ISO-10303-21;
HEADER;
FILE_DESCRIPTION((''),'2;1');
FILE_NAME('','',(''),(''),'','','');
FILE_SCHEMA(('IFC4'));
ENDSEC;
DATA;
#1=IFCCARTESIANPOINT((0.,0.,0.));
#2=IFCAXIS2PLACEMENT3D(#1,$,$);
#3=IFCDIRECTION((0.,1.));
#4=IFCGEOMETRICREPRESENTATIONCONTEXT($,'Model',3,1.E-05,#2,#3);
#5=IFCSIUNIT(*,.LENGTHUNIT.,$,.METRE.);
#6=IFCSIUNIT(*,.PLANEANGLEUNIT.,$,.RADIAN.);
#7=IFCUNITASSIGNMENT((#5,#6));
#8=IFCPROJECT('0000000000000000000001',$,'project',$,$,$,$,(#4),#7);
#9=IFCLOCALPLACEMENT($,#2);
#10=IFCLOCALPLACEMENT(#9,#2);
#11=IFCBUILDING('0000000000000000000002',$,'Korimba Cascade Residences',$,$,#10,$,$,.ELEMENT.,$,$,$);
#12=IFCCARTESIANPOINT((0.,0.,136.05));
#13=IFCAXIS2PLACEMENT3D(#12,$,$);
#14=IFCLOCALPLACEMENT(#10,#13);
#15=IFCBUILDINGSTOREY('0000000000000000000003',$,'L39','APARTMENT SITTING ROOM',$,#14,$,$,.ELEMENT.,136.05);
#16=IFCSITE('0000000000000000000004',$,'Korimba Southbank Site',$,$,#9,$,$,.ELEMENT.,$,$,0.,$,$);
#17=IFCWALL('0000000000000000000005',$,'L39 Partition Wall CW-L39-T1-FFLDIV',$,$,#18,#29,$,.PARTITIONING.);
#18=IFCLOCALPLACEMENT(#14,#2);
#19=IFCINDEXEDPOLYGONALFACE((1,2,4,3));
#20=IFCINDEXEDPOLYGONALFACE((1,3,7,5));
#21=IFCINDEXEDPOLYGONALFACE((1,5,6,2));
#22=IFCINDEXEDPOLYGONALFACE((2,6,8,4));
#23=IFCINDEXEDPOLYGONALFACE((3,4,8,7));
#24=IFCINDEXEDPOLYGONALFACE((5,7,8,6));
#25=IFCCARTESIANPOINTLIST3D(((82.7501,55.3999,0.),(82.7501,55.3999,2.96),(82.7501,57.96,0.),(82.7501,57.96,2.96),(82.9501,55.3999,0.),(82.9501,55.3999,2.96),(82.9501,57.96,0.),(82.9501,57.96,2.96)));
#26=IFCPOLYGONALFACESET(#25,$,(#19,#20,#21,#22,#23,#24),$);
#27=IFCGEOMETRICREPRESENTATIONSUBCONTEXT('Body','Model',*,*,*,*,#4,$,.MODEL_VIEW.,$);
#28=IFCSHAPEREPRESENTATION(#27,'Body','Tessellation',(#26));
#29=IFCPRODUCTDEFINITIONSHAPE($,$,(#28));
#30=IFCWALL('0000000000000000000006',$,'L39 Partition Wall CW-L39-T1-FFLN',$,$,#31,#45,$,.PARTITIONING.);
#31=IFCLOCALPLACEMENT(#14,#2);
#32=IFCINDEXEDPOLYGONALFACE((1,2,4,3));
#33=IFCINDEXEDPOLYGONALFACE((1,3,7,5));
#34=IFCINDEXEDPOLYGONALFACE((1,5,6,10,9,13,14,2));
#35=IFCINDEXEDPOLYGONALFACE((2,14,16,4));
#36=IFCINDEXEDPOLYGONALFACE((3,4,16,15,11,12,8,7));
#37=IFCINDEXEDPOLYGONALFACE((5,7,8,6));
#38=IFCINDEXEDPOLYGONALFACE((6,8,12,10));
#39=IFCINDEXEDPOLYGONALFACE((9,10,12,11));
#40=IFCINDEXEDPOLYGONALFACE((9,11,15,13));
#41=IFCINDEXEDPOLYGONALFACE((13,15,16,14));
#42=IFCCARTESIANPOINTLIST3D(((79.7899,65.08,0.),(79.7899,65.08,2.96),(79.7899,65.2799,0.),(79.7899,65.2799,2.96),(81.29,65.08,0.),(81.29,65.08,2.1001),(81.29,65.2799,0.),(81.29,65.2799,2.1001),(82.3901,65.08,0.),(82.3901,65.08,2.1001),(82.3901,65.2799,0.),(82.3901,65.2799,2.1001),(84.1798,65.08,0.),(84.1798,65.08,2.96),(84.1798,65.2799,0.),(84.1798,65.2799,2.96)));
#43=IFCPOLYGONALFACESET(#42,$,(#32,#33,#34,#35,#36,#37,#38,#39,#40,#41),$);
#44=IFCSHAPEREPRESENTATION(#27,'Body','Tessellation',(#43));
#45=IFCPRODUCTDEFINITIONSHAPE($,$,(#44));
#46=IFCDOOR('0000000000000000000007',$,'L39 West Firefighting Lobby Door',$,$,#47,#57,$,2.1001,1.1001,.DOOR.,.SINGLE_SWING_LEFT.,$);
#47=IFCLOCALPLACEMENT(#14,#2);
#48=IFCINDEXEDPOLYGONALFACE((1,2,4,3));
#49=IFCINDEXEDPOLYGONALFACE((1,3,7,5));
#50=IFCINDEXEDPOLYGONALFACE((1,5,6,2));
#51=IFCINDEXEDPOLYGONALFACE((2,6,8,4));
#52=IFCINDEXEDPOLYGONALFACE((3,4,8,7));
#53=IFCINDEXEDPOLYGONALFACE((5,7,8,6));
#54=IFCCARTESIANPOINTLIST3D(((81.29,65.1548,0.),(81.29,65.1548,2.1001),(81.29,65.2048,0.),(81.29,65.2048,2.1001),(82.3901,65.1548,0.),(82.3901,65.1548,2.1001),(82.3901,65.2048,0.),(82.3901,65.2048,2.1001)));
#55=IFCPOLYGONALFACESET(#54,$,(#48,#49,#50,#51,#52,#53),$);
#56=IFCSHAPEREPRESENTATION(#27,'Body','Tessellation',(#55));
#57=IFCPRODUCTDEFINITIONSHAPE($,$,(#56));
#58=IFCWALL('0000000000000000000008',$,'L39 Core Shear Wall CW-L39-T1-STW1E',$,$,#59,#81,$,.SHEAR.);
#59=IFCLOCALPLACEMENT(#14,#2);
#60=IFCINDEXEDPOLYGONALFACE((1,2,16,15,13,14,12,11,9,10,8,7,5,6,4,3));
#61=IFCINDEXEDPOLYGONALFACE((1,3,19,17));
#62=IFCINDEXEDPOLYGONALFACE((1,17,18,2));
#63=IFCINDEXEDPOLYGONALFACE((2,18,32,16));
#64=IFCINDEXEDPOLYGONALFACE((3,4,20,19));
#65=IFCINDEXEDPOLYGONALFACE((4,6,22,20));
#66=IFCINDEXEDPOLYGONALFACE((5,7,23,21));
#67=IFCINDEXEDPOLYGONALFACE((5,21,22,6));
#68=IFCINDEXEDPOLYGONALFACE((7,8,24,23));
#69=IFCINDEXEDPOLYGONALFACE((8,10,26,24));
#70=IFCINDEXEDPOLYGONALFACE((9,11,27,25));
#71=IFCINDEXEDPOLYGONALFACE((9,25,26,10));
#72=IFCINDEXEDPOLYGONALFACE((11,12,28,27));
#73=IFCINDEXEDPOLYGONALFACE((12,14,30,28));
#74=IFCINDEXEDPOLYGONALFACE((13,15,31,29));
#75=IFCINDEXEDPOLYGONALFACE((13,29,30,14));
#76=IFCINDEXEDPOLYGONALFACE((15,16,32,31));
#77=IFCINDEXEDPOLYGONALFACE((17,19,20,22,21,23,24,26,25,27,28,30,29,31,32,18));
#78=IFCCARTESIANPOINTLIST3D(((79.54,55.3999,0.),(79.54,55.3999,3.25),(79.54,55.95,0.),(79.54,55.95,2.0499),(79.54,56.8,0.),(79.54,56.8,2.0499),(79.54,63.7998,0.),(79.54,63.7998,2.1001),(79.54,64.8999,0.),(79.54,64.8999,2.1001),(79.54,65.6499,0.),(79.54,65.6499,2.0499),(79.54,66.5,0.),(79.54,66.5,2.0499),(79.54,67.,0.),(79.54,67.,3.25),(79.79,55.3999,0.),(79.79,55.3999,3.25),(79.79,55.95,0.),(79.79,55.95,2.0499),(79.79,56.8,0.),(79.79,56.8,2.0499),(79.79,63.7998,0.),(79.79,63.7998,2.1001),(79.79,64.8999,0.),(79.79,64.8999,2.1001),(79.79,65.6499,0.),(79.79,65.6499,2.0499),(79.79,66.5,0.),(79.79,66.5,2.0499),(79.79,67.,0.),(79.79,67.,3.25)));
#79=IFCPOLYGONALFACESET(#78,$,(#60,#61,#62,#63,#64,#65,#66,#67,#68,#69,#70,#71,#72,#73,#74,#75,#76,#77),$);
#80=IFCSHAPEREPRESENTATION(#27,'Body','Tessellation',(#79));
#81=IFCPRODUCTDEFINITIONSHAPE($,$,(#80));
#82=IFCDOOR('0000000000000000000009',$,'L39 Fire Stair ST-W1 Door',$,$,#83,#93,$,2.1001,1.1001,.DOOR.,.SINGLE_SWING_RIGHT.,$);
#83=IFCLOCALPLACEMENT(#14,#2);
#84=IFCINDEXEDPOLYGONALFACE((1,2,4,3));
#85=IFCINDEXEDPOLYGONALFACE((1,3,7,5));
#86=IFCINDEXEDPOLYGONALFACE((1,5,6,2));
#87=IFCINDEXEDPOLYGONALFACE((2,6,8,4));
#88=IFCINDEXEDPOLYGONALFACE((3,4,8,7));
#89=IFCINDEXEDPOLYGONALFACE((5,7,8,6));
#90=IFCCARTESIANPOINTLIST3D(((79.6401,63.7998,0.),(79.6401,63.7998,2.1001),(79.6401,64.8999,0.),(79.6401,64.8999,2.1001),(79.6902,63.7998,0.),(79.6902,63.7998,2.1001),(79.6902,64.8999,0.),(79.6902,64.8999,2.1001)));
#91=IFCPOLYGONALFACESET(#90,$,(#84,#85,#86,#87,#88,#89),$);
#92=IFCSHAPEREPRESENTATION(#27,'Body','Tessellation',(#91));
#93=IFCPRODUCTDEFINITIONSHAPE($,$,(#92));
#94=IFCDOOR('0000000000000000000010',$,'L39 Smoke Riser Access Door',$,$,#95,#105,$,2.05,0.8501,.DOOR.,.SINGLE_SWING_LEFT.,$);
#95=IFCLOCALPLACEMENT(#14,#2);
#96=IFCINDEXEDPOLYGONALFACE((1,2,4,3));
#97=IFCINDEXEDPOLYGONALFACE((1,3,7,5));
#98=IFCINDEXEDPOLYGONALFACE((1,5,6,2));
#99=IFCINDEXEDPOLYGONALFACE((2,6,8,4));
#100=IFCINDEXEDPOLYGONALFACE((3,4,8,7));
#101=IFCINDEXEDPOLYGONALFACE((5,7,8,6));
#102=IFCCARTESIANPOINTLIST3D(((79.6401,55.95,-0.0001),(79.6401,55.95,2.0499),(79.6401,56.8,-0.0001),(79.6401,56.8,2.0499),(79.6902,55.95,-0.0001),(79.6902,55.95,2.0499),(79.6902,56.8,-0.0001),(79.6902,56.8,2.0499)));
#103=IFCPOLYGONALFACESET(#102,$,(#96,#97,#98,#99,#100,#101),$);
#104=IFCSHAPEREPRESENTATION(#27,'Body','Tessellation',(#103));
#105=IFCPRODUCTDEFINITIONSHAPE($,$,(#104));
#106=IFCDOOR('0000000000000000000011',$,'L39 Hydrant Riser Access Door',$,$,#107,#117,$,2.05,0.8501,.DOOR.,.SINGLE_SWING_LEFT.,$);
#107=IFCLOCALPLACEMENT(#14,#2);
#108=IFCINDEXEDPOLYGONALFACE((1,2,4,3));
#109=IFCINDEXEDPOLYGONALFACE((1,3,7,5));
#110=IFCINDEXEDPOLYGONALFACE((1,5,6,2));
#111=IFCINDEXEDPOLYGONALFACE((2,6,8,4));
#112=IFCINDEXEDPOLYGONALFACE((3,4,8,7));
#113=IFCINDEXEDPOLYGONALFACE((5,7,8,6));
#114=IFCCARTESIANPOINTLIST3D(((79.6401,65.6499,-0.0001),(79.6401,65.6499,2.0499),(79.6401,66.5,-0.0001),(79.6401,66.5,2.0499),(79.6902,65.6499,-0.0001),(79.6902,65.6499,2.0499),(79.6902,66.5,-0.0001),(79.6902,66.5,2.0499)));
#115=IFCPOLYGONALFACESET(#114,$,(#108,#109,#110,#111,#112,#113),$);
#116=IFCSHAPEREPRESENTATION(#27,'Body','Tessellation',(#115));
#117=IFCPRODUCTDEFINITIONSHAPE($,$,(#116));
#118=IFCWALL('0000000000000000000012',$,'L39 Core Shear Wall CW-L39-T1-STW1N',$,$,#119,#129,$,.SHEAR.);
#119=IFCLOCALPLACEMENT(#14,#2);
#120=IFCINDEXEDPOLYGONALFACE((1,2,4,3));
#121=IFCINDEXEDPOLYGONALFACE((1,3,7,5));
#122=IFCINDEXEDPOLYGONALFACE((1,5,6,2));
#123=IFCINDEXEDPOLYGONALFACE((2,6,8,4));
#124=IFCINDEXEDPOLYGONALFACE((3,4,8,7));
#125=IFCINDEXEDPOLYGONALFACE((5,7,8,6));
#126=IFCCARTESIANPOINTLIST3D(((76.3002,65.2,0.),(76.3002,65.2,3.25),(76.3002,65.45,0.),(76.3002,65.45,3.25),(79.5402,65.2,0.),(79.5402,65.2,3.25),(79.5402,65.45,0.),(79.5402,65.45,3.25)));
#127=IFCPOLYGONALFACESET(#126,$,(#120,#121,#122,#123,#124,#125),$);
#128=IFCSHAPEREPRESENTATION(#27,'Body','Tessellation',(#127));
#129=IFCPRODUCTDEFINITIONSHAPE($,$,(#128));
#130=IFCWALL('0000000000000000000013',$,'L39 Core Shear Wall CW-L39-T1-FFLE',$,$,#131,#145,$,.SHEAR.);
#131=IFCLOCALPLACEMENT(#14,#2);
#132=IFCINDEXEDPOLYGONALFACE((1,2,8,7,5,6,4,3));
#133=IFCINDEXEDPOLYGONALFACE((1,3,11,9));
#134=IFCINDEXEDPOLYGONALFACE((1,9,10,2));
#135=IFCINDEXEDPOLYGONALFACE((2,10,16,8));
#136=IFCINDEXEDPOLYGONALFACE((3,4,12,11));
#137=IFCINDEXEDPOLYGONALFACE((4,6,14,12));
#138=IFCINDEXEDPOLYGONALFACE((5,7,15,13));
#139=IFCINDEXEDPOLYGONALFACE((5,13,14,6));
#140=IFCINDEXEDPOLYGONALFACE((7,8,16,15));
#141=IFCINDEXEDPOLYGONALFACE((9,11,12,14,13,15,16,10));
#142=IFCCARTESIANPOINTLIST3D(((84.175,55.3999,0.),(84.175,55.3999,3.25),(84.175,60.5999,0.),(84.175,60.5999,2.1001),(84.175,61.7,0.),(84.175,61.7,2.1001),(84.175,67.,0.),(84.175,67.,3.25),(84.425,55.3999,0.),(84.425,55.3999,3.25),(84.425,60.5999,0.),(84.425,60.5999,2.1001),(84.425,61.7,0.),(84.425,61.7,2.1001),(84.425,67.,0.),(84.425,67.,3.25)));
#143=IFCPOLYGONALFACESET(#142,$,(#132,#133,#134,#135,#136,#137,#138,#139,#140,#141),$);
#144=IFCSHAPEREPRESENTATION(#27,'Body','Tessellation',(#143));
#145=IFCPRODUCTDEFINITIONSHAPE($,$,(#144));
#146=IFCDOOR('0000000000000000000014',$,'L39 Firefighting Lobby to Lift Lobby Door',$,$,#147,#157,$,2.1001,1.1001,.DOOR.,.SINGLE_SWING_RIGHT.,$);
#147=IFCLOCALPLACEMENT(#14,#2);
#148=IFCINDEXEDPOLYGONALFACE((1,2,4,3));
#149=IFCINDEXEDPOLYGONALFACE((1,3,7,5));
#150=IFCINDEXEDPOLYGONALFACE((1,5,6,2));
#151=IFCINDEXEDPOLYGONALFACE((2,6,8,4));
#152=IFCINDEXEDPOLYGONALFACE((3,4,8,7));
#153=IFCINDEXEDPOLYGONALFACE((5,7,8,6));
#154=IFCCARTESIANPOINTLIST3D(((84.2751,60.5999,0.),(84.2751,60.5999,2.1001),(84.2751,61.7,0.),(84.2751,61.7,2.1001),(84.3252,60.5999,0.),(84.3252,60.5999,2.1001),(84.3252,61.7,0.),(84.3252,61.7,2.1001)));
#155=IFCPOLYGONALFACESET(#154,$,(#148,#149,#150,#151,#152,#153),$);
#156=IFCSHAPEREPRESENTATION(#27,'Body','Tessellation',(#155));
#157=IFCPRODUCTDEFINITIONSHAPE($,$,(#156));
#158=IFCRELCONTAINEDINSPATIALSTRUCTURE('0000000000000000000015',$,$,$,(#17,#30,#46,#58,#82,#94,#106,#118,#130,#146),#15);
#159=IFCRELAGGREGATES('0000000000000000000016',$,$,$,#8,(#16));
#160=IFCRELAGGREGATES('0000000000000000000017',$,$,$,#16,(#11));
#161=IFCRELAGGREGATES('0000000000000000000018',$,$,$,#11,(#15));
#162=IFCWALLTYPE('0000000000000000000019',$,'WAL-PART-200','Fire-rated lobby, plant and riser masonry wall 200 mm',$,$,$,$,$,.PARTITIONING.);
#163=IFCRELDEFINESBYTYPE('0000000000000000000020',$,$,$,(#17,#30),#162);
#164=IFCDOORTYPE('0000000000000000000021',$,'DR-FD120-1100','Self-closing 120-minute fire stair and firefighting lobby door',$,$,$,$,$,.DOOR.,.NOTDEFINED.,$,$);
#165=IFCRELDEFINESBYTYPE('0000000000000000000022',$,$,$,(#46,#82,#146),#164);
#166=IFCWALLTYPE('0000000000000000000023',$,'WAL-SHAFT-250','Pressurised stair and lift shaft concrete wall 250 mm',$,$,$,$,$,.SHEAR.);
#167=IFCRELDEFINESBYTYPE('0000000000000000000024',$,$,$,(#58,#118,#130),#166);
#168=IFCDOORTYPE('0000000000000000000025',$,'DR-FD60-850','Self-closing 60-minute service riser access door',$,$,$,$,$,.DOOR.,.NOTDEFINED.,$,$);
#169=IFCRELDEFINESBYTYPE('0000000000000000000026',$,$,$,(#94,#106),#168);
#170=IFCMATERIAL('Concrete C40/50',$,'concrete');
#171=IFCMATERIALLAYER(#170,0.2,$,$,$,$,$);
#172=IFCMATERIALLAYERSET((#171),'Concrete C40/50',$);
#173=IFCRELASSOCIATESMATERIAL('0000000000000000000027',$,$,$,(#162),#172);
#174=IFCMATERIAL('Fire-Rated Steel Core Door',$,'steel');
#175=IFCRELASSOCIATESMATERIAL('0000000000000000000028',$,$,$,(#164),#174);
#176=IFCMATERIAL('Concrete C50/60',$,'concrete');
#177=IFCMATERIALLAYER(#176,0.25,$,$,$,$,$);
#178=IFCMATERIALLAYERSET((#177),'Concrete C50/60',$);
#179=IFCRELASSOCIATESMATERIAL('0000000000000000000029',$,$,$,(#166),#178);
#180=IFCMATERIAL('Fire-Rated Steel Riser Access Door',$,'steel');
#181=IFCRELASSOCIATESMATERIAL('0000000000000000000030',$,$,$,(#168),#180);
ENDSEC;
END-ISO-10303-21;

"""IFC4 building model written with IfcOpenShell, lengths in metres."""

from ifc_helpers import new_model, si_unit, direction, frame, frame_2d, origin, place, context, subcontext, project, spatial, rectangle, extrude, material, layer, layer_set, type_object, element, fill, save


model = new_model("IFC4")

# Units and contexts
model_context = context("Model", 3, precision=1e-05, world=origin(), true_north=direction((0.0, 1.0)))
body_context = subcontext(model_context, "Body", "Model", "MODEL_VIEW")
ifc_project = project(units=[si_unit("LENGTHUNIT", "METRE"), si_unit("PLANEANGLEUNIT", "RADIAN")], contexts=[model_context])

# Site, building, storey
site_placement = place(None, origin())
site = spatial("IfcSite", under=ifc_project, at=site_placement, Name="Korimba Southbank Site", CompositionType="ELEMENT", RefElevation=0.0)
building_placement = place(site_placement, origin())
building = spatial("IfcBuilding", under=site, at=building_placement, Name="Korimba Cascade Residences", CompositionType="ELEMENT")
storey_placement = place(building_placement, frame((0.0, 0.0, 136.05)))
storey = spatial("IfcBuildingStorey", under=building, at=storey_placement, Name="L39", Description="APARTMENT SITTING ROOM", CompositionType="ELEMENT", Elevation=136.05)

# Wall
ifc_material_1 = material(Name="Concrete C40/50", Category="concrete")
ifc_layer_1 = layer(ifc_material_1, 0.2)
ifc_layer_set_1 = layer_set([ifc_layer_1], Name="Concrete C40/50")
wall_type_1 = type_object("IfcWallType", Name="WAL-PART-200", Description="Fire-rated lobby, plant and riser masonry wall 200 mm", PredefinedType="PARTITIONING", material=ifc_layer_set_1)
wall_1_placement = place(storey_placement, frame((82.8501, 55.3999, 0.0), z_axis=(0.0, 0.0, 1.0), x_axis=(0.0, 1.0, 0.0)))
element("IfcWall", 1, at=wall_1_placement, inside=storey, type_object=wall_type_1, Name="L39 Partition Wall CW-L39-T1-FFLDIV", PredefinedType="PARTITIONING", context=body_context, shape_type="SweptSolid", body=[
    extrude(rectangle(XDim=2.5601, YDim=0.2, at=frame_2d((1.28, 0.0))), origin(), (0.0, 0.0, 1.0), 2.96),
])

# Wall, opening, door
wall_2_placement = place(storey_placement, frame((79.79, 65.1799, 0.0), z_axis=(0.0, 0.0, 1.0), x_axis=(1.0, 0.0, 0.0)))
wall_2 = element("IfcWall", 2, at=wall_2_placement, inside=storey, type_object=wall_type_1, Name="L39 Partition Wall CW-L39-T1-FFLN", PredefinedType="PARTITIONING", context=body_context, shape_type="SweptSolid", body=[
    extrude(rectangle(XDim=4.3899, YDim=0.2, at=frame_2d((2.1948, 0.0))), origin(), (0.0, 0.0, 1.0), 2.96),
])
opening_1_placement = place(wall_2_placement, frame((1.5, 0.0, 0.0)))
opening_1 = element("IfcOpeningElement", 3, at=opening_1_placement, cuts=wall_2, PredefinedType="OPENING", context=body_context, shape_type="SweptSolid", body=[
    extrude(rectangle(XDim=1.1001, YDim=2.1001, at=frame_2d((0.55, 1.05))), frame((0.0, 0.1099, 0.0), z_axis=(0.0, -1.0, 0.0), x_axis=(1.0, 0.0, 0.0)), (0.0, 0.0, 1.0), 0.22),
])
ifc_material_2 = material(Name="Fire-Rated Steel Core Door", Category="steel")
door_type_1 = type_object("IfcDoorType", Name="DR-FD120-1100", Description="Self-closing 120-minute fire stair and firefighting lobby door", OperationType="NOTDEFINED", PredefinedType="DOOR", material=ifc_material_2)
door_1_placement = place(opening_1_placement, origin())
door_1 = element("IfcDoor", 4, at=door_1_placement, inside=storey, type_object=door_type_1, Name="L39 West Firefighting Lobby Door", OperationType="SINGLE_SWING_LEFT", OverallHeight=2.1001, OverallWidth=1.1001, PredefinedType="DOOR", context=body_context, shape_type="SweptSolid", body=[
    extrude(rectangle(XDim=1.1001, YDim=2.1001, at=frame_2d((0.55, 1.05))), frame((0.0, 0.0249, 0.0), z_axis=(0.0, -1.0, 0.0), x_axis=(1.0, 0.0, 0.0)), (0.0, 0.0, 1.0), 0.05),
])
fill(opening_1, door_1)

# Wall, openings, doors
ifc_material_3 = material(Name="Concrete C50/60", Category="concrete")
ifc_layer_2 = layer(ifc_material_3, 0.25)
ifc_layer_set_2 = layer_set([ifc_layer_2], Name="Concrete C50/60")
wall_type_2 = type_object("IfcWallType", Name="WAL-SHAFT-250", Description="Pressurised stair and lift shaft concrete wall 250 mm", PredefinedType="SHEAR", material=ifc_layer_set_2)
wall_3_placement = place(storey_placement, frame((79.665, 55.3999, 0.0), z_axis=(0.0, 0.0, 1.0), x_axis=(0.0, 1.0, 0.0)))
wall_3 = element("IfcWall", 5, at=wall_3_placement, inside=storey, type_object=wall_type_2, Name="L39 Core Shear Wall CW-L39-T1-STW1E", PredefinedType="SHEAR", context=body_context, shape_type="SweptSolid", body=[
    extrude(rectangle(XDim=11.6001, YDim=0.25, at=frame_2d((5.8, 0.0))), origin(), (0.0, 0.0, 1.0), 3.25),
])
opening_2_placement = place(wall_3_placement, frame((0.55, 0.0, 0.0)))
opening_2 = element("IfcOpeningElement", 6, at=opening_2_placement, cuts=wall_3, PredefinedType="OPENING", context=body_context, shape_type="SweptSolid", body=[
    extrude(rectangle(XDim=0.8501, YDim=2.05, at=frame_2d((0.425, 1.0249))), frame((0.0, 0.135, 0.0), z_axis=(0.0, -1.0, 0.0), x_axis=(1.0, 0.0, 0.0)), (0.0, 0.0, 1.0), 0.27),
])
opening_3_placement = place(wall_3_placement, frame((8.3999, 0.0, 0.0)))
opening_3 = element("IfcOpeningElement", 7, at=opening_3_placement, cuts=wall_3, PredefinedType="OPENING", context=body_context, shape_type="SweptSolid", body=[
    extrude(rectangle(XDim=1.1001, YDim=2.1001, at=frame_2d((0.55, 1.05))), frame((0.0, 0.135, 0.0), z_axis=(0.0, -1.0, 0.0), x_axis=(1.0, 0.0, 0.0)), (0.0, 0.0, 1.0), 0.27),
])
opening_4_placement = place(wall_3_placement, frame((10.25, 0.0, 0.0)))
opening_4 = element("IfcOpeningElement", 8, at=opening_4_placement, cuts=wall_3, PredefinedType="OPENING", context=body_context, shape_type="SweptSolid", body=[
    extrude(rectangle(XDim=0.8501, YDim=2.05, at=frame_2d((0.425, 1.0249))), frame((0.0, 0.135, 0.0), z_axis=(0.0, -1.0, 0.0), x_axis=(1.0, 0.0, 0.0)), (0.0, 0.0, 1.0), 0.27),
])
door_2_placement = place(opening_3_placement, origin())
door_2 = element("IfcDoor", 9, at=door_2_placement, inside=storey, type_object=door_type_1, Name="L39 Fire Stair ST-W1 Door", OperationType="SINGLE_SWING_RIGHT", OverallHeight=2.1001, OverallWidth=1.1001, PredefinedType="DOOR", context=body_context, shape_type="SweptSolid", body=[
    extrude(rectangle(XDim=1.1001, YDim=2.1001, at=frame_2d((0.55, 1.05))), frame((0.0, 0.0249, 0.0), z_axis=(0.0, -1.0, 0.0), x_axis=(1.0, 0.0, 0.0)), (0.0, 0.0, 1.0), 0.05),
])
fill(opening_3, door_2)
ifc_material_4 = material(Name="Fire-Rated Steel Riser Access Door", Category="steel")
door_type_2 = type_object("IfcDoorType", Name="DR-FD60-850", Description="Self-closing 60-minute service riser access door", OperationType="NOTDEFINED", PredefinedType="DOOR", material=ifc_material_4)
door_3_placement = place(opening_2_placement, origin())
door_3 = element("IfcDoor", 10, at=door_3_placement, inside=storey, type_object=door_type_2, Name="L39 Smoke Riser Access Door", OperationType="SINGLE_SWING_LEFT", OverallHeight=2.05, OverallWidth=0.8501, PredefinedType="DOOR", context=body_context, shape_type="SweptSolid", body=[
    extrude(rectangle(XDim=0.8501, YDim=2.05, at=frame_2d((0.425, 1.0249))), frame((0.0, 0.0249, 0.0), z_axis=(0.0, -1.0, 0.0), x_axis=(1.0, 0.0, 0.0)), (0.0, 0.0, 1.0), 0.05),
])
fill(opening_2, door_3)
door_4_placement = place(opening_4_placement, origin())
door_4 = element("IfcDoor", 11, at=door_4_placement, inside=storey, type_object=door_type_2, Name="L39 Hydrant Riser Access Door", OperationType="SINGLE_SWING_LEFT", OverallHeight=2.05, OverallWidth=0.8501, PredefinedType="DOOR", context=body_context, shape_type="SweptSolid", body=[
    extrude(rectangle(XDim=0.8501, YDim=2.05, at=frame_2d((0.425, 1.0249))), frame((0.0, 0.0249, 0.0), z_axis=(0.0, -1.0, 0.0), x_axis=(1.0, 0.0, 0.0)), (0.0, 0.0, 1.0), 0.05),
])
fill(opening_4, door_4)

# Wall
wall_4_placement = place(storey_placement, frame((76.3, 65.325, 0.0), z_axis=(0.0, 0.0, 1.0), x_axis=(1.0, 0.0, 0.0)))
element("IfcWall", 12, at=wall_4_placement, inside=storey, type_object=wall_type_2, Name="L39 Core Shear Wall CW-L39-T1-STW1N", PredefinedType="SHEAR", context=body_context, shape_type="SweptSolid", body=[
    extrude(rectangle(XDim=3.24, YDim=0.25, at=frame_2d((1.6201, 0.0))), origin(), (0.0, 0.0, 1.0), 3.25),
])

# Wall, opening, door
wall_5_placement = place(storey_placement, frame((84.3, 55.3999, 0.0), z_axis=(0.0, 0.0, 1.0), x_axis=(0.0, 1.0, 0.0)))
wall_5 = element("IfcWall", 13, at=wall_5_placement, inside=storey, type_object=wall_type_2, Name="L39 Core Shear Wall CW-L39-T1-FFLE", PredefinedType="SHEAR", context=body_context, shape_type="SweptSolid", body=[
    extrude(rectangle(XDim=11.6001, YDim=0.25, at=frame_2d((5.8, 0.0))), origin(), (0.0, 0.0, 1.0), 3.25),
])
opening_5_placement = place(wall_5_placement, frame((5.2, 0.0, 0.0)))
opening_5 = element("IfcOpeningElement", 14, at=opening_5_placement, cuts=wall_5, PredefinedType="OPENING", context=body_context, shape_type="SweptSolid", body=[
    extrude(rectangle(XDim=1.1001, YDim=2.1001, at=frame_2d((0.55, 1.05))), frame((0.0, 0.135, 0.0), z_axis=(0.0, -1.0, 0.0), x_axis=(1.0, 0.0, 0.0)), (0.0, 0.0, 1.0), 0.27),
])
door_5_placement = place(opening_5_placement, origin())
door_5 = element("IfcDoor", 15, at=door_5_placement, inside=storey, type_object=door_type_1, Name="L39 Firefighting Lobby to Lift Lobby Door", OperationType="SINGLE_SWING_RIGHT", OverallHeight=2.1001, OverallWidth=1.1001, PredefinedType="DOOR", context=body_context, shape_type="SweptSolid", body=[
    extrude(rectangle(XDim=1.1001, YDim=2.1001, at=frame_2d((0.55, 1.05))), frame((0.0, 0.0249, 0.0), z_axis=(0.0, -1.0, 0.0), x_axis=(1.0, 0.0, 0.0)), (0.0, 0.0, 1.0), 0.05),
])
fill(opening_5, door_5)

save(model, "model.ifc")
